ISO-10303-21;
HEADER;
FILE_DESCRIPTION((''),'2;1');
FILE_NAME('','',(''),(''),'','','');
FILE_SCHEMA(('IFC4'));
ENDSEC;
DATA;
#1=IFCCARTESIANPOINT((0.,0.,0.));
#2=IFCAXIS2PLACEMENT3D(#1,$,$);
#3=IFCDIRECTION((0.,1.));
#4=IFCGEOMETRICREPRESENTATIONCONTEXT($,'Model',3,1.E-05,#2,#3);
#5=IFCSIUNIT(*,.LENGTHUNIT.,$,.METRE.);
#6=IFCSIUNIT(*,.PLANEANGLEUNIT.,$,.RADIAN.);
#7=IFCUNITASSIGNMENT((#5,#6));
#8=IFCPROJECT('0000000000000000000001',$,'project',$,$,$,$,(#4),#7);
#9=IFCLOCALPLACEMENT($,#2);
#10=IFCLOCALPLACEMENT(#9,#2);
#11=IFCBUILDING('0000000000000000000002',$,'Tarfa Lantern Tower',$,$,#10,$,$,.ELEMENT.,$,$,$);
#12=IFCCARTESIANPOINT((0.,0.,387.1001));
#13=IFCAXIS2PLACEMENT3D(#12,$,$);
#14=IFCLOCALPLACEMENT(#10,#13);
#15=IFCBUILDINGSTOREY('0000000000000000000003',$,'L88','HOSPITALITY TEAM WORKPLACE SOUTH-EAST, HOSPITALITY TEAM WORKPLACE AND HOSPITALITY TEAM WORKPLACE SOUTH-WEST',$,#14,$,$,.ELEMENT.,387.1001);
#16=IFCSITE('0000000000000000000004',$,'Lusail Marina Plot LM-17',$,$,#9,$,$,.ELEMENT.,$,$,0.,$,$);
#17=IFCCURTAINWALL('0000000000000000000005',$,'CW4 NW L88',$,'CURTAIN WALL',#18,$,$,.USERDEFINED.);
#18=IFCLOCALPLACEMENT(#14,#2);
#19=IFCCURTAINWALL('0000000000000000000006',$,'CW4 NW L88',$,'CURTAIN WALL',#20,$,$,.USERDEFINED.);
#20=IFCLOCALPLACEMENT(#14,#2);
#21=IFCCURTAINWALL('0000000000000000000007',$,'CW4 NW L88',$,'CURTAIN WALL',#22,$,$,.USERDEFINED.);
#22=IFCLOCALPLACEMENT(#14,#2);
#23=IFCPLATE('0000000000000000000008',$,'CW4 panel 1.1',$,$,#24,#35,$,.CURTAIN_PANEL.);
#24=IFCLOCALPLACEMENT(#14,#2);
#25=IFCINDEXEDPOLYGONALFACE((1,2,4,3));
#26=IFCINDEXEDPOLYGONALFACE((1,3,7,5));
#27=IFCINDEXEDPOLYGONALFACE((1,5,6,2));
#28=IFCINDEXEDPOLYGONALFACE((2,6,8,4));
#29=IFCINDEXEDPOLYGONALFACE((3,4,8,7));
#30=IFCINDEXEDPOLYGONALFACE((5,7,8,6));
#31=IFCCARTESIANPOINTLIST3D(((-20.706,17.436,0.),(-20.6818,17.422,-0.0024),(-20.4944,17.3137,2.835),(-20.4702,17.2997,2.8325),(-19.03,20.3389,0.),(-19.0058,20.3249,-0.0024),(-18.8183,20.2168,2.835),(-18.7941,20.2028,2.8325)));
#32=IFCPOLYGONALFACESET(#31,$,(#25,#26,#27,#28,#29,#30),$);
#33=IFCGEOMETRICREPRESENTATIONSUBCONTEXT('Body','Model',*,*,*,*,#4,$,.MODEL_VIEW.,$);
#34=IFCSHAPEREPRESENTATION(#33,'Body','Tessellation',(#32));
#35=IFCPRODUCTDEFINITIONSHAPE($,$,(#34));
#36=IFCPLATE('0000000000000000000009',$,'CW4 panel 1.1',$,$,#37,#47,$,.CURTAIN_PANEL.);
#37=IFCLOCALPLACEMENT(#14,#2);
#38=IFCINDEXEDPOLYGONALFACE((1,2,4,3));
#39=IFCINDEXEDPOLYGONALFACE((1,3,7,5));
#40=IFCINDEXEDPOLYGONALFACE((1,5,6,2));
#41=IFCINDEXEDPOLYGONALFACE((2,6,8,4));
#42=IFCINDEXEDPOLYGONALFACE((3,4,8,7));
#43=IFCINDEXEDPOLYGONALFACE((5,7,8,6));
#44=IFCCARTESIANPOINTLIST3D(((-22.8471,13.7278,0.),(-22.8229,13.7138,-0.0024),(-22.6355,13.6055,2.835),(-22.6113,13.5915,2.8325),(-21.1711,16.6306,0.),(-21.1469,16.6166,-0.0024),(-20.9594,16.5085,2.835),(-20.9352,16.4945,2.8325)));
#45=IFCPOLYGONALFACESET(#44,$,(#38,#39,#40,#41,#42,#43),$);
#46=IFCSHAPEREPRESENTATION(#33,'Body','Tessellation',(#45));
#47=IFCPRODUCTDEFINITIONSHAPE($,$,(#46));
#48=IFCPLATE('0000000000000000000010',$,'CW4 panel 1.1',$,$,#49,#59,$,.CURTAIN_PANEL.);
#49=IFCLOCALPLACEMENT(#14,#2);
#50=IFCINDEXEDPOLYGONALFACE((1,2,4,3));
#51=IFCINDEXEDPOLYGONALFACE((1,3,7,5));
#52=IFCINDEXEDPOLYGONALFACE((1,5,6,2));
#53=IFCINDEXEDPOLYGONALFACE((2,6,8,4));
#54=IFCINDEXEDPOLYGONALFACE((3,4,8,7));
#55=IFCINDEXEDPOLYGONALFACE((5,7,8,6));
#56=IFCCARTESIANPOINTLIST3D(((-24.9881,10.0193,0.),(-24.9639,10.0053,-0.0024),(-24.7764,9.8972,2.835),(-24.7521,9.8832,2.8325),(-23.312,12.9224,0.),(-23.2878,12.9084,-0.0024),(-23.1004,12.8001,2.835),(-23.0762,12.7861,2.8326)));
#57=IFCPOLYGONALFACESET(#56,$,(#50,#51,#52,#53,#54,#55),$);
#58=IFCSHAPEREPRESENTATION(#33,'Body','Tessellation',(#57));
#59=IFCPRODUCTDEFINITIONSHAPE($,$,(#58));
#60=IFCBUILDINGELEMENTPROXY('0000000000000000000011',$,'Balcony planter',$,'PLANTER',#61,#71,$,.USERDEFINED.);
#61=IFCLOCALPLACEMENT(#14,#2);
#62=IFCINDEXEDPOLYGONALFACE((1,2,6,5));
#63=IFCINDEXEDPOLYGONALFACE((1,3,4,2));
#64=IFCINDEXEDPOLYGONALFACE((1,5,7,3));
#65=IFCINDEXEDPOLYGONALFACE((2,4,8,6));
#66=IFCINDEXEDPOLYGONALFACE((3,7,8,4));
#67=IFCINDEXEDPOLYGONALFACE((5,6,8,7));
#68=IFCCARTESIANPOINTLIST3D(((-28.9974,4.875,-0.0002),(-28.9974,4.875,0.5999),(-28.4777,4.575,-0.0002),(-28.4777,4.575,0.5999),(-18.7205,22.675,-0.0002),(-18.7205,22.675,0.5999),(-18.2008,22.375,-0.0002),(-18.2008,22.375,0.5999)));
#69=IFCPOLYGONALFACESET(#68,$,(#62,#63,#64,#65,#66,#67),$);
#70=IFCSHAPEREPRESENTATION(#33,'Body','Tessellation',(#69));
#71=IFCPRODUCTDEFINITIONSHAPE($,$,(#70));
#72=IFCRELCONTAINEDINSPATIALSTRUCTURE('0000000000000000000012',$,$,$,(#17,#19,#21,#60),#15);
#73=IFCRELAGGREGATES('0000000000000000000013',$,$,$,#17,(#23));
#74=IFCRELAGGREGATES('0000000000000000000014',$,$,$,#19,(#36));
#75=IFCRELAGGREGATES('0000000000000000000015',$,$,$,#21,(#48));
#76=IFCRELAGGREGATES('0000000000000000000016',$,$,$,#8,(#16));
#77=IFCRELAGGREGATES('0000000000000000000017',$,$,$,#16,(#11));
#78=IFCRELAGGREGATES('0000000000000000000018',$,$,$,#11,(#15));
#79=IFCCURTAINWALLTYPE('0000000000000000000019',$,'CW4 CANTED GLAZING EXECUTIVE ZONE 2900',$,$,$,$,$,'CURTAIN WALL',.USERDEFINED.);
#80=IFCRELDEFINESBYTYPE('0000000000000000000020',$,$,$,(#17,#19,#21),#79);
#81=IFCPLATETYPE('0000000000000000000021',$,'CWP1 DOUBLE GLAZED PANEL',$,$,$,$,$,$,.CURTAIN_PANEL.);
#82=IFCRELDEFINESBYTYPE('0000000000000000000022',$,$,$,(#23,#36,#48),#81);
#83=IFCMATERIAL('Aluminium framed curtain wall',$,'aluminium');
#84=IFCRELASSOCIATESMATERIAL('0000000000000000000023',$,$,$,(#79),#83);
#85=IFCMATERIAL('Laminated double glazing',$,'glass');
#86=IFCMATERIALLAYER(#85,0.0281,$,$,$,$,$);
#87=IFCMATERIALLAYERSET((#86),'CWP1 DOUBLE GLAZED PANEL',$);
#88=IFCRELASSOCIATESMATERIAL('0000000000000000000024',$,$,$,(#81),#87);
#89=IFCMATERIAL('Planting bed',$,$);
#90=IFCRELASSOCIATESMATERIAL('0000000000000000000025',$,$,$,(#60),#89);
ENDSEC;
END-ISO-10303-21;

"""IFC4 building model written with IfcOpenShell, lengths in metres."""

from ifc_helpers import new_model, si_unit, direction, frame, origin, origin_2d, place, context, subcontext, project, spatial, polyline, rectangle, outline, extrude, material, layer, layer_set, type_object, element, aggregate, save


model = new_model("IFC4")

# Units and contexts
model_context = context("Model", 3, precision=1e-05, world=origin(), true_north=direction((0.0, 1.0)))
body_context = subcontext(model_context, "Body", "Model", "MODEL_VIEW")
ifc_project = project(units=[si_unit("LENGTHUNIT", "METRE"), si_unit("PLANEANGLEUNIT", "RADIAN")], contexts=[model_context])

# Site, building, storey
site_placement = place(None, origin())
site = spatial("IfcSite", under=ifc_project, at=site_placement, Name="Lusail Marina Plot LM-17", CompositionType="ELEMENT", RefElevation=0.0)
building_placement = place(site_placement, origin())
building = spatial("IfcBuilding", under=site, at=building_placement, Name="Tarfa Lantern Tower", CompositionType="ELEMENT")
storey_placement = place(building_placement, frame((0.0, 0.0, 387.1001)))
storey = spatial("IfcBuildingStorey", under=building, at=storey_placement, Name="L88", Description="HOSPITALITY TEAM WORKPLACE SOUTH-EAST, HOSPITALITY TEAM WORKPLACE AND HOSPITALITY TEAM WORKPLACE SOUTH-WEST", CompositionType="ELEMENT", Elevation=387.1001)

# Shared definitions
ifc_material_1 = material(Name="Aluminium framed curtain wall", Category="aluminium")
curtain_wall_type = type_object("IfcCurtainWallType", Name="CW4 CANTED GLAZING EXECUTIVE ZONE 2900", ElementType="CURTAIN WALL", PredefinedType="USERDEFINED", material=ifc_material_1)

# Curtain walls
curtain_wall_1_placement = place(storey_placement, origin())
curtain_wall_1 = element("IfcCurtainWall", 1, at=curtain_wall_1_placement, inside=storey, type_object=curtain_wall_type, Name="CW4 NW L88", ObjectType="CURTAIN WALL", PredefinedType="USERDEFINED")
curtain_wall_2_placement = place(storey_placement, origin())
curtain_wall_2 = element("IfcCurtainWall", 2, at=curtain_wall_2_placement, inside=storey, type_object=curtain_wall_type, Name="CW4 NW L88", ObjectType="CURTAIN WALL", PredefinedType="USERDEFINED")

# Curtain wall
curtain_wall_3_placement = place(storey_placement, origin())
curtain_wall_3 = element("IfcCurtainWall", 3, at=curtain_wall_3_placement, inside=storey, type_object=curtain_wall_type, Name="CW4 NW L88", ObjectType="CURTAIN WALL", PredefinedType="USERDEFINED")

# Plates
ifc_material_2 = material(Name="Laminated double glazing", Category="glass")
ifc_layer = layer(ifc_material_2, 0.0281)
ifc_layer_set = layer_set([ifc_layer], Name="CWP1 DOUBLE GLAZED PANEL")
plate_type = type_object("IfcPlateType", Name="CWP1 DOUBLE GLAZED PANEL", PredefinedType="CURTAIN_PANEL", material=ifc_layer_set)
plate_1_placement = place(storey_placement, frame((-19.03, 20.3389, 0.0), z_axis=(-0.862824, 0.498153, 0.085893), x_axis=(-0.500001, -0.866025, -0.000002)))
plate_1 = element("IfcPlate", 4, at=plate_1_placement, type_object=plate_type, Name="CW4 panel 1.1", PredefinedType="CURTAIN_PANEL", context=body_context, shape_type="SweptSolid", body=[
    extrude(outline(polyline([(0.0, 0.0), (3.3519, 0.0), (3.352, 2.8455), (-0.0001, 2.8455), (0.0, 0.0)])), origin(), (0.0, 0.0, -1.0), 0.0281),
])
aggregate(curtain_wall_1, [plate_1])
plate_2_placement = place(storey_placement, frame((-21.1711, 16.6306, 0.0), z_axis=(-0.862824, 0.498153, 0.085893), x_axis=(-0.500001, -0.866025, -0.000002)))
plate_2 = element("IfcPlate", 5, at=plate_2_placement, type_object=plate_type, Name="CW4 panel 1.1", PredefinedType="CURTAIN_PANEL", context=body_context, shape_type="SweptSolid", body=[
    extrude(outline(polyline([(0.0, 0.0), (3.3519, 0.0), (3.352, 2.8455), (-0.0001, 2.8455), (0.0, 0.0)])), origin(), (0.0, 0.0, -1.0), 0.0281),
])
aggregate(curtain_wall_2, [plate_2])
plate_3_placement = place(storey_placement, frame((-23.312, 12.9224, 0.0), z_axis=(-0.862824, 0.498153, 0.085893), x_axis=(-0.500001, -0.866025, 0.000002)))
plate_3 = element("IfcPlate", 6, at=plate_3_placement, type_object=plate_type, Name="CW4 panel 1.1", PredefinedType="CURTAIN_PANEL", context=body_context, shape_type="SweptSolid", body=[
    extrude(outline(polyline([(0.0, 0.0), (3.3522, 0.0), (3.352, 2.8455), (0.0001, 2.8455), (0.0, 0.0)])), origin(), (0.0, 0.0, -1.0), 0.0281),
])
aggregate(curtain_wall_3, [plate_3])

# Building element proxy
ifc_material_3 = material(Name="Planting bed")
proxy_placement = place(storey_placement, frame((-23.5991, 13.625, -0.0002), z_axis=(0.0, 0.0, 1.0), x_axis=(-0.5, -0.866025, 0.0)))
element("IfcBuildingElementProxy", 7, at=proxy_placement, inside=storey, material=ifc_material_3, Name="Balcony planter", ObjectType="PLANTER", PredefinedType="USERDEFINED", context=body_context, shape_type="SweptSolid", body=[
    extrude(rectangle(XDim=20.5537, YDim=0.6001, at=origin_2d()), origin(), (0.0, 0.0, 1.0), 0.6001),
])

save(model, "model.ifc")
